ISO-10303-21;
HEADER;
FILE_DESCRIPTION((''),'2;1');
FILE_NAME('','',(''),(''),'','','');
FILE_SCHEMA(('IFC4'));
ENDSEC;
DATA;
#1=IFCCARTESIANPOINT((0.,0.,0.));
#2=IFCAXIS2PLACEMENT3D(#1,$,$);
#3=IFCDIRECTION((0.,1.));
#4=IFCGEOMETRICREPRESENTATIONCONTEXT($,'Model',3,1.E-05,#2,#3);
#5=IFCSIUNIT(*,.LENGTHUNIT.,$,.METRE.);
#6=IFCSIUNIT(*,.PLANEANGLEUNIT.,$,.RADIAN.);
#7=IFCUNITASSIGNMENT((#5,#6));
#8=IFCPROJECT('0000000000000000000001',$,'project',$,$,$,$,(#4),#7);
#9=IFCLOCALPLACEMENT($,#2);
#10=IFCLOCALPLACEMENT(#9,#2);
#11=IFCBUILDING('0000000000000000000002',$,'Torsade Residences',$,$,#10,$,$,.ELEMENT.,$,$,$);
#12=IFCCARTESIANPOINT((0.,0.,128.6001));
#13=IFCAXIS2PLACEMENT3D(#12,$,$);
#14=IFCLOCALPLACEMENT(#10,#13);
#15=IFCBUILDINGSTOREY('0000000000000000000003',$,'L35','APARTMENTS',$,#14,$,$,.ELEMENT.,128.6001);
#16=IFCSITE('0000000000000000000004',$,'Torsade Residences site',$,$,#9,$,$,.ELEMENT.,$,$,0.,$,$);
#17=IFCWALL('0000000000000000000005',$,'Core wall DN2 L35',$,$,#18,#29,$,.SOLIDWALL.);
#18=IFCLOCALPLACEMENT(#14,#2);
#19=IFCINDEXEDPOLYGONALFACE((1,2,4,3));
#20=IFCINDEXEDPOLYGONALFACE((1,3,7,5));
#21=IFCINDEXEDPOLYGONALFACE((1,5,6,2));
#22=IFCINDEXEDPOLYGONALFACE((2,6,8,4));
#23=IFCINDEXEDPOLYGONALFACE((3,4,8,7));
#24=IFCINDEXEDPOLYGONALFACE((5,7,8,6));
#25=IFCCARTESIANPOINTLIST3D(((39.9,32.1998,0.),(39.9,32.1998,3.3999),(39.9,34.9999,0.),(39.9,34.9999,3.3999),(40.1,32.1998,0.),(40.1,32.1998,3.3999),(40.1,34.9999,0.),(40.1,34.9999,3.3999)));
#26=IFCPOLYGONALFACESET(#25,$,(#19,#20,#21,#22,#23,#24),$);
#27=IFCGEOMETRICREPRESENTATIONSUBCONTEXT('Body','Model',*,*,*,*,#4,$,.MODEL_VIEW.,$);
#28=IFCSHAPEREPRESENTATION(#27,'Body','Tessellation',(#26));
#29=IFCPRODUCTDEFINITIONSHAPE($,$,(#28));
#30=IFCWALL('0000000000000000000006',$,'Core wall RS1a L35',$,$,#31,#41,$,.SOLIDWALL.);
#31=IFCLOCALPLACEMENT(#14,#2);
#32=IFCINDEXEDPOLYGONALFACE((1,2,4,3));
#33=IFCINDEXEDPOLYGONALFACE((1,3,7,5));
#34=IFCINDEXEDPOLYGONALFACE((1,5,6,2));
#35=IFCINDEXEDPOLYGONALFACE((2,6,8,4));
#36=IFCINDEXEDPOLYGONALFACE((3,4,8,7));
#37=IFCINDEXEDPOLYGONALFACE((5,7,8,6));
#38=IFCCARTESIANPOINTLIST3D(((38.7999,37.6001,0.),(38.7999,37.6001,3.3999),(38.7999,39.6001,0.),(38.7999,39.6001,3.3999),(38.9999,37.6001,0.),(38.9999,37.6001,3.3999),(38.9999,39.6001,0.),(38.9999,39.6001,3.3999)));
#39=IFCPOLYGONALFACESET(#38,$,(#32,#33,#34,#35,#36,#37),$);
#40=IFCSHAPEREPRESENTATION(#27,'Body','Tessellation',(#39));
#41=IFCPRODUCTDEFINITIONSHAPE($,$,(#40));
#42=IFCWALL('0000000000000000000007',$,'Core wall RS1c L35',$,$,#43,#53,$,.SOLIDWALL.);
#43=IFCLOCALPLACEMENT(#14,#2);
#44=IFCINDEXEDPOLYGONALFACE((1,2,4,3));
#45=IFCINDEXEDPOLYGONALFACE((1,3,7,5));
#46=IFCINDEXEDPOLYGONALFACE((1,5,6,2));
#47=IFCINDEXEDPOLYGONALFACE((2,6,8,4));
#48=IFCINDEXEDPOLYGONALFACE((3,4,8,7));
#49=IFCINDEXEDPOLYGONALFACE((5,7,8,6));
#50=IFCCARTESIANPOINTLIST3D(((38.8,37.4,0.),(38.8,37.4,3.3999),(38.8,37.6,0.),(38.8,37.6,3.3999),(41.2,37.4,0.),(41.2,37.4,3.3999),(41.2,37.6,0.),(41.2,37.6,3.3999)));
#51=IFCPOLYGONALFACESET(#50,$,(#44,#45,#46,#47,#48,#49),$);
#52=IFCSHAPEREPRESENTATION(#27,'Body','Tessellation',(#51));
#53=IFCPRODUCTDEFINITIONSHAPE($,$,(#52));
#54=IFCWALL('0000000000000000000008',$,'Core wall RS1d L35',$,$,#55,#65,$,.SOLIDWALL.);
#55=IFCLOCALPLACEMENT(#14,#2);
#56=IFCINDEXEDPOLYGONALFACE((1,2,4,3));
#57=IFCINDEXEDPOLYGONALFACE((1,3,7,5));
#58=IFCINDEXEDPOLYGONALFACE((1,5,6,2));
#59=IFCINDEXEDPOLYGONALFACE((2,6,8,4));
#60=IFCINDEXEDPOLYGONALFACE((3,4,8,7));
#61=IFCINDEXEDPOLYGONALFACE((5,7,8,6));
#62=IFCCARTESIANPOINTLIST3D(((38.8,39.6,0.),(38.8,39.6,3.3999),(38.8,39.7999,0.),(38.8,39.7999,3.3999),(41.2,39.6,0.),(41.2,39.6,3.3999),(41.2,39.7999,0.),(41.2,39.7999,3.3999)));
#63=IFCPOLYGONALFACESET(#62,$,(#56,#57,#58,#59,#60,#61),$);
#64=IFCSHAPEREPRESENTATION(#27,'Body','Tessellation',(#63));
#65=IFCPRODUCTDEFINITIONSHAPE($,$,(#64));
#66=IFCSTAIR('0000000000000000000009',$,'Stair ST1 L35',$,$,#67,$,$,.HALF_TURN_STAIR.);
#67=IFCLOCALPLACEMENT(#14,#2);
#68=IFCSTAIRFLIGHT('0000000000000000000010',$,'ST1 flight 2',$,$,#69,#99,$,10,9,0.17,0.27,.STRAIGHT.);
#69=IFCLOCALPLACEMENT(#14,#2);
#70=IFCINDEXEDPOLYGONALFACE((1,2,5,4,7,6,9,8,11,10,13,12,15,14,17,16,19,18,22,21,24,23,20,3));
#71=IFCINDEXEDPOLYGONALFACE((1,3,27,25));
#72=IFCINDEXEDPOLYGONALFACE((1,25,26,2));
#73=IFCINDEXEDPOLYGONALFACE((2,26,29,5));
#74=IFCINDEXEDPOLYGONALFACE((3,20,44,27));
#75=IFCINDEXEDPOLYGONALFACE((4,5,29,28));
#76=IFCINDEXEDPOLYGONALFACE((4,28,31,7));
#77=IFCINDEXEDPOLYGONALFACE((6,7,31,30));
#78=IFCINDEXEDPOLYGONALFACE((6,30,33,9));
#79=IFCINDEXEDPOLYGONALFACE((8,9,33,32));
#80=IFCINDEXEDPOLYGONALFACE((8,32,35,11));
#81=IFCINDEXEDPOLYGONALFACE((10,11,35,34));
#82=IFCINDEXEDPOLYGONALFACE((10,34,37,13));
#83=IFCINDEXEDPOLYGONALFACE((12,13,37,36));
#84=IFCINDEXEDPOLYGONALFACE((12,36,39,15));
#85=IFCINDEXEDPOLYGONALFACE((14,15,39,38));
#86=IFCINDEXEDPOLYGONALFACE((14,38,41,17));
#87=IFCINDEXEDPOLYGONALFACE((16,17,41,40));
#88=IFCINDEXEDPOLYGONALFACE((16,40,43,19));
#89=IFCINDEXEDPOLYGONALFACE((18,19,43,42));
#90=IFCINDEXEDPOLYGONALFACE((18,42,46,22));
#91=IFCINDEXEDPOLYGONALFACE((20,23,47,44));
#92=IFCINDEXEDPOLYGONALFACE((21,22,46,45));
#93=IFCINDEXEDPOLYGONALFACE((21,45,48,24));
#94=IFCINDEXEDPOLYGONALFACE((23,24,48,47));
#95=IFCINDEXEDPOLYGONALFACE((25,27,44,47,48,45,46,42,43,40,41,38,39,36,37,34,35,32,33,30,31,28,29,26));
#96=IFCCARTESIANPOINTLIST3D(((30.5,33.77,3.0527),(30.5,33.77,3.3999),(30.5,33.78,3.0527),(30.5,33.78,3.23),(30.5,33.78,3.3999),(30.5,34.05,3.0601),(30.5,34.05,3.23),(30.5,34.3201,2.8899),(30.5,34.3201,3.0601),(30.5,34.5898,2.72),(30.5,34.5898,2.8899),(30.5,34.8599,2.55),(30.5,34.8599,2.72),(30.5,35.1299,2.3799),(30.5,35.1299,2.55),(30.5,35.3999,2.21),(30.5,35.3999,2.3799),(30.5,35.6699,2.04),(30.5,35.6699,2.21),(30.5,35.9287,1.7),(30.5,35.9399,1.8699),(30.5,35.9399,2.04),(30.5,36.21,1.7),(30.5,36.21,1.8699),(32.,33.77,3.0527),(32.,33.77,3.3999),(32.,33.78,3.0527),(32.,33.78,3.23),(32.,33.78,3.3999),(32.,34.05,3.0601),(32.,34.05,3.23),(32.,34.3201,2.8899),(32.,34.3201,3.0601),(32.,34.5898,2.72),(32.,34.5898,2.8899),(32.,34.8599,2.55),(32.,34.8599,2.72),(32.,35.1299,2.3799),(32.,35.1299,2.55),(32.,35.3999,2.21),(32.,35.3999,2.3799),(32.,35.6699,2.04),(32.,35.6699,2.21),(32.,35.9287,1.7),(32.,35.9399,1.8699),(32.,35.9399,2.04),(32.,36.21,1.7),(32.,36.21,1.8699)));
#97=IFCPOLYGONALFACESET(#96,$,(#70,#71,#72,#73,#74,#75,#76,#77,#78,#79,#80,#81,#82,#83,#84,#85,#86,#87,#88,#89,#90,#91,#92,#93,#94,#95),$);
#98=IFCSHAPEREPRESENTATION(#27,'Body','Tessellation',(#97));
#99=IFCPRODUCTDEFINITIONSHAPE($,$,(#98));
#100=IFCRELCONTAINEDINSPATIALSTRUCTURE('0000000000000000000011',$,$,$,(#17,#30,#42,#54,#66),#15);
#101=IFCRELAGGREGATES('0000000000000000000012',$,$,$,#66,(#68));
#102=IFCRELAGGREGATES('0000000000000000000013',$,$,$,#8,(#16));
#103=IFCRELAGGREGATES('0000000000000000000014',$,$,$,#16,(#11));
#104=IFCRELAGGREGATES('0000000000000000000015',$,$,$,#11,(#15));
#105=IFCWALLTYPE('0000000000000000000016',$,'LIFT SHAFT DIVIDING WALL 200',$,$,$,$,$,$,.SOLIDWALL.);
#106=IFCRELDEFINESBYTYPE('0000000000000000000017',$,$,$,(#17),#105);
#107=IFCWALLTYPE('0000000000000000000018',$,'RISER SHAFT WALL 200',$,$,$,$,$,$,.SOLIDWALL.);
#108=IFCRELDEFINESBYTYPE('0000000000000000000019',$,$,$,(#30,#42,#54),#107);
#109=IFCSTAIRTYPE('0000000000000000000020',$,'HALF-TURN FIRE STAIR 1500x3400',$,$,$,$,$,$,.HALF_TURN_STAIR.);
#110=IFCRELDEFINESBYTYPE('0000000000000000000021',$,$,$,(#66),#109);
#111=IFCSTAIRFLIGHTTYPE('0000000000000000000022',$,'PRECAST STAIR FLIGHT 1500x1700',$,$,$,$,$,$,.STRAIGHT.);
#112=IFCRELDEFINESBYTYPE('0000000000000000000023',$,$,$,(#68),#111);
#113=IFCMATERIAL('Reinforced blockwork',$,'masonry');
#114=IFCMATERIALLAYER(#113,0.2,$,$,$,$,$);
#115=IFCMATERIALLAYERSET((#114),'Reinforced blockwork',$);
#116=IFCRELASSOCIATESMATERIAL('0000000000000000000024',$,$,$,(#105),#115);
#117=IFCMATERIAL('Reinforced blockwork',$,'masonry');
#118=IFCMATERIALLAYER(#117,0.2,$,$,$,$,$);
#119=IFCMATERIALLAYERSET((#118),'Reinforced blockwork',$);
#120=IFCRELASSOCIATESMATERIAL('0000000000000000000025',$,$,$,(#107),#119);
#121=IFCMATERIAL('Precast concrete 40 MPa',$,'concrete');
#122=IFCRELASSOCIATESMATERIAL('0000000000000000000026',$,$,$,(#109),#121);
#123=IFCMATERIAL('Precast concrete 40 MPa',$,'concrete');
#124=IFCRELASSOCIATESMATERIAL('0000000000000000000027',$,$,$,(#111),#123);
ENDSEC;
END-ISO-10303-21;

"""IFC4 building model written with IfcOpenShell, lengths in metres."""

from ifc_helpers import new_model, si_unit, direction, frame, frame_2d, origin, place, context, subcontext, project, spatial, polyline, rectangle, outline, extrude, material, layer, layer_set, type_object, element, aggregate, save


model = new_model("IFC4")

# Units and contexts
model_context = context("Model", 3, precision=1e-05, world=origin(), true_north=direction((0.0, 1.0)))
body_context = subcontext(model_context, "Body", "Model", "MODEL_VIEW")
ifc_project = project(units=[si_unit("LENGTHUNIT", "METRE"), si_unit("PLANEANGLEUNIT", "RADIAN")], contexts=[model_context])

# Site, building, storey
site_placement = place(None, origin())
site = spatial("IfcSite", under=ifc_project, at=site_placement, Name="Torsade Residences site", CompositionType="ELEMENT", RefElevation=0.0)
building_placement = place(site_placement, origin())
building = spatial("IfcBuilding", under=site, at=building_placement, Name="Torsade Residences", CompositionType="ELEMENT")
storey_placement = place(building_placement, frame((0.0, 0.0, 128.6001)))
storey = spatial("IfcBuildingStorey", under=building, at=storey_placement, Name="L35", Description="APARTMENTS", CompositionType="ELEMENT", Elevation=128.6001)

# Walls
ifc_material_1 = material(Name="Reinforced blockwork", Category="masonry")
ifc_layer_1 = layer(ifc_material_1, 0.2)
ifc_layer_set_1 = layer_set([ifc_layer_1], Name="Reinforced blockwork")
wall_type_1 = type_object("IfcWallType", Name="LIFT SHAFT DIVIDING WALL 200", PredefinedType="SOLIDWALL", material=ifc_layer_set_1)
for number, where, z_axis, x_axis, name in (
    (1, (40.0, 32.2, 0.0), (0.0, 0.0, 1.0), (0.0, 1.0, 0.0), "Core wall DN2 L35"),
):
    element("IfcWall", number, at=place(storey_placement, frame(where, z_axis=z_axis, x_axis=x_axis)), inside=storey, type_object=wall_type_1, Name=name, PredefinedType="SOLIDWALL", context=body_context, shape_type="SweptSolid", body=[
        extrude(rectangle(XDim=2.8, YDim=0.2, at=frame_2d((1.3999, 0.0))), origin(), (0.0, 0.0, 1.0), 3.3999),
    ])
ifc_material_2 = material(Name="Reinforced blockwork", Category="masonry")
ifc_layer_2 = layer(ifc_material_2, 0.2)
ifc_layer_set_2 = layer_set([ifc_layer_2], Name="Reinforced blockwork")
wall_type_2 = type_object("IfcWallType", Name="RISER SHAFT WALL 200", PredefinedType="SOLIDWALL", material=ifc_layer_set_2)
wall_1_placement = place(storey_placement, frame((38.8999, 37.6001, 0.0), z_axis=(0.0, 0.0, 1.0), x_axis=(0.0, 1.0, 0.0)))
element("IfcWall", 2, at=wall_1_placement, inside=storey, type_object=wall_type_2, Name="Core wall RS1a L35", PredefinedType="SOLIDWALL", context=body_context, shape_type="SweptSolid", body=[
    extrude(rectangle(XDim=2.0, YDim=0.2, at=frame_2d((1.0, 0.0))), origin(), (0.0, 0.0, 1.0), 3.3999),
])
for number, where, z_axis, x_axis, name in (
    (3, (38.8, 37.5, 0.0), (0.0, 0.0, 1.0), (1.0, 0.0, 0.0), "Core wall RS1c L35"),
    (4, (38.8, 39.7, 0.0), (0.0, 0.0, 1.0), (1.0, 0.0, 0.0), "Core wall RS1d L35"),
):
    element("IfcWall", number, at=place(storey_placement, frame(where, z_axis=z_axis, x_axis=x_axis)), inside=storey, type_object=wall_type_2, Name=name, PredefinedType="SOLIDWALL", context=body_context, shape_type="SweptSolid", body=[
        extrude(rectangle(XDim=2.3999, YDim=0.2, at=frame_2d((1.2, 0.0))), origin(), (0.0, 0.0, 1.0), 3.3999),
    ])

# Stair, stair flight
ifc_material_3 = material(Name="Precast concrete 40 MPa", Category="concrete")
stair_type = type_object("IfcStairType", Name="HALF-TURN FIRE STAIR 1500x3400", PredefinedType="HALF_TURN_STAIR", material=ifc_material_3)
stair_placement = place(storey_placement, origin())
stair = element("IfcStair", 5, at=stair_placement, inside=storey, type_object=stair_type, Name="Stair ST1 L35", PredefinedType="HALF_TURN_STAIR")
ifc_material_4 = material(Name="Precast concrete 40 MPa", Category="concrete")
stair_flight_type = type_object("IfcStairFlightType", Name="PRECAST STAIR FLIGHT 1500x1700", PredefinedType="STRAIGHT", material=ifc_material_4)
stair_flight_placement = place(storey_placement, frame((31.25, 36.21, 1.7), z_axis=(0.0, 0.0, 1.0), x_axis=(0.0, -1.0, 0.0)))
stair_flight = element("IfcStairFlight", 6, at=stair_flight_placement, type_object=stair_flight_type, Name="ST1 flight 2", NumberOfRisers=10, NumberOfTreads=9, PredefinedType="STRAIGHT", RiserHeight=0.17, TreadLength=0.27, context=body_context, shape_type="SweptSolid", body=[
    extrude(outline(polyline([(0.0, 0.0), (0.0, 0.1699), (0.27, 0.1699), (0.27, 0.3401), (0.54, 0.3401), (0.54, 0.51), (0.8101, 0.51), (0.8101, 0.6799), (1.0801, 0.6799), (1.0801, 0.8501), (1.3501, 0.8501), (1.3501, 1.02), (1.6201, 1.02), (1.6201, 1.1899), (1.8899, 1.1899), (1.8899, 1.3601), (2.1599, 1.3601), (2.1599, 1.53), (2.4299, 1.53), (2.4299, 1.7), (2.4399, 1.7), (2.4399, 1.3528), (2.4299, 1.3528), (0.2812, 0.0), (0.0, 0.0)])), frame((0.0, 0.75, 0.0), z_axis=(0.0, -1.0, 0.0), x_axis=(1.0, 0.0, 0.0)), (0.0, 0.0, 1.0), 1.5),
])
aggregate(stair, [stair_flight])

save(model, "model.ifc")
